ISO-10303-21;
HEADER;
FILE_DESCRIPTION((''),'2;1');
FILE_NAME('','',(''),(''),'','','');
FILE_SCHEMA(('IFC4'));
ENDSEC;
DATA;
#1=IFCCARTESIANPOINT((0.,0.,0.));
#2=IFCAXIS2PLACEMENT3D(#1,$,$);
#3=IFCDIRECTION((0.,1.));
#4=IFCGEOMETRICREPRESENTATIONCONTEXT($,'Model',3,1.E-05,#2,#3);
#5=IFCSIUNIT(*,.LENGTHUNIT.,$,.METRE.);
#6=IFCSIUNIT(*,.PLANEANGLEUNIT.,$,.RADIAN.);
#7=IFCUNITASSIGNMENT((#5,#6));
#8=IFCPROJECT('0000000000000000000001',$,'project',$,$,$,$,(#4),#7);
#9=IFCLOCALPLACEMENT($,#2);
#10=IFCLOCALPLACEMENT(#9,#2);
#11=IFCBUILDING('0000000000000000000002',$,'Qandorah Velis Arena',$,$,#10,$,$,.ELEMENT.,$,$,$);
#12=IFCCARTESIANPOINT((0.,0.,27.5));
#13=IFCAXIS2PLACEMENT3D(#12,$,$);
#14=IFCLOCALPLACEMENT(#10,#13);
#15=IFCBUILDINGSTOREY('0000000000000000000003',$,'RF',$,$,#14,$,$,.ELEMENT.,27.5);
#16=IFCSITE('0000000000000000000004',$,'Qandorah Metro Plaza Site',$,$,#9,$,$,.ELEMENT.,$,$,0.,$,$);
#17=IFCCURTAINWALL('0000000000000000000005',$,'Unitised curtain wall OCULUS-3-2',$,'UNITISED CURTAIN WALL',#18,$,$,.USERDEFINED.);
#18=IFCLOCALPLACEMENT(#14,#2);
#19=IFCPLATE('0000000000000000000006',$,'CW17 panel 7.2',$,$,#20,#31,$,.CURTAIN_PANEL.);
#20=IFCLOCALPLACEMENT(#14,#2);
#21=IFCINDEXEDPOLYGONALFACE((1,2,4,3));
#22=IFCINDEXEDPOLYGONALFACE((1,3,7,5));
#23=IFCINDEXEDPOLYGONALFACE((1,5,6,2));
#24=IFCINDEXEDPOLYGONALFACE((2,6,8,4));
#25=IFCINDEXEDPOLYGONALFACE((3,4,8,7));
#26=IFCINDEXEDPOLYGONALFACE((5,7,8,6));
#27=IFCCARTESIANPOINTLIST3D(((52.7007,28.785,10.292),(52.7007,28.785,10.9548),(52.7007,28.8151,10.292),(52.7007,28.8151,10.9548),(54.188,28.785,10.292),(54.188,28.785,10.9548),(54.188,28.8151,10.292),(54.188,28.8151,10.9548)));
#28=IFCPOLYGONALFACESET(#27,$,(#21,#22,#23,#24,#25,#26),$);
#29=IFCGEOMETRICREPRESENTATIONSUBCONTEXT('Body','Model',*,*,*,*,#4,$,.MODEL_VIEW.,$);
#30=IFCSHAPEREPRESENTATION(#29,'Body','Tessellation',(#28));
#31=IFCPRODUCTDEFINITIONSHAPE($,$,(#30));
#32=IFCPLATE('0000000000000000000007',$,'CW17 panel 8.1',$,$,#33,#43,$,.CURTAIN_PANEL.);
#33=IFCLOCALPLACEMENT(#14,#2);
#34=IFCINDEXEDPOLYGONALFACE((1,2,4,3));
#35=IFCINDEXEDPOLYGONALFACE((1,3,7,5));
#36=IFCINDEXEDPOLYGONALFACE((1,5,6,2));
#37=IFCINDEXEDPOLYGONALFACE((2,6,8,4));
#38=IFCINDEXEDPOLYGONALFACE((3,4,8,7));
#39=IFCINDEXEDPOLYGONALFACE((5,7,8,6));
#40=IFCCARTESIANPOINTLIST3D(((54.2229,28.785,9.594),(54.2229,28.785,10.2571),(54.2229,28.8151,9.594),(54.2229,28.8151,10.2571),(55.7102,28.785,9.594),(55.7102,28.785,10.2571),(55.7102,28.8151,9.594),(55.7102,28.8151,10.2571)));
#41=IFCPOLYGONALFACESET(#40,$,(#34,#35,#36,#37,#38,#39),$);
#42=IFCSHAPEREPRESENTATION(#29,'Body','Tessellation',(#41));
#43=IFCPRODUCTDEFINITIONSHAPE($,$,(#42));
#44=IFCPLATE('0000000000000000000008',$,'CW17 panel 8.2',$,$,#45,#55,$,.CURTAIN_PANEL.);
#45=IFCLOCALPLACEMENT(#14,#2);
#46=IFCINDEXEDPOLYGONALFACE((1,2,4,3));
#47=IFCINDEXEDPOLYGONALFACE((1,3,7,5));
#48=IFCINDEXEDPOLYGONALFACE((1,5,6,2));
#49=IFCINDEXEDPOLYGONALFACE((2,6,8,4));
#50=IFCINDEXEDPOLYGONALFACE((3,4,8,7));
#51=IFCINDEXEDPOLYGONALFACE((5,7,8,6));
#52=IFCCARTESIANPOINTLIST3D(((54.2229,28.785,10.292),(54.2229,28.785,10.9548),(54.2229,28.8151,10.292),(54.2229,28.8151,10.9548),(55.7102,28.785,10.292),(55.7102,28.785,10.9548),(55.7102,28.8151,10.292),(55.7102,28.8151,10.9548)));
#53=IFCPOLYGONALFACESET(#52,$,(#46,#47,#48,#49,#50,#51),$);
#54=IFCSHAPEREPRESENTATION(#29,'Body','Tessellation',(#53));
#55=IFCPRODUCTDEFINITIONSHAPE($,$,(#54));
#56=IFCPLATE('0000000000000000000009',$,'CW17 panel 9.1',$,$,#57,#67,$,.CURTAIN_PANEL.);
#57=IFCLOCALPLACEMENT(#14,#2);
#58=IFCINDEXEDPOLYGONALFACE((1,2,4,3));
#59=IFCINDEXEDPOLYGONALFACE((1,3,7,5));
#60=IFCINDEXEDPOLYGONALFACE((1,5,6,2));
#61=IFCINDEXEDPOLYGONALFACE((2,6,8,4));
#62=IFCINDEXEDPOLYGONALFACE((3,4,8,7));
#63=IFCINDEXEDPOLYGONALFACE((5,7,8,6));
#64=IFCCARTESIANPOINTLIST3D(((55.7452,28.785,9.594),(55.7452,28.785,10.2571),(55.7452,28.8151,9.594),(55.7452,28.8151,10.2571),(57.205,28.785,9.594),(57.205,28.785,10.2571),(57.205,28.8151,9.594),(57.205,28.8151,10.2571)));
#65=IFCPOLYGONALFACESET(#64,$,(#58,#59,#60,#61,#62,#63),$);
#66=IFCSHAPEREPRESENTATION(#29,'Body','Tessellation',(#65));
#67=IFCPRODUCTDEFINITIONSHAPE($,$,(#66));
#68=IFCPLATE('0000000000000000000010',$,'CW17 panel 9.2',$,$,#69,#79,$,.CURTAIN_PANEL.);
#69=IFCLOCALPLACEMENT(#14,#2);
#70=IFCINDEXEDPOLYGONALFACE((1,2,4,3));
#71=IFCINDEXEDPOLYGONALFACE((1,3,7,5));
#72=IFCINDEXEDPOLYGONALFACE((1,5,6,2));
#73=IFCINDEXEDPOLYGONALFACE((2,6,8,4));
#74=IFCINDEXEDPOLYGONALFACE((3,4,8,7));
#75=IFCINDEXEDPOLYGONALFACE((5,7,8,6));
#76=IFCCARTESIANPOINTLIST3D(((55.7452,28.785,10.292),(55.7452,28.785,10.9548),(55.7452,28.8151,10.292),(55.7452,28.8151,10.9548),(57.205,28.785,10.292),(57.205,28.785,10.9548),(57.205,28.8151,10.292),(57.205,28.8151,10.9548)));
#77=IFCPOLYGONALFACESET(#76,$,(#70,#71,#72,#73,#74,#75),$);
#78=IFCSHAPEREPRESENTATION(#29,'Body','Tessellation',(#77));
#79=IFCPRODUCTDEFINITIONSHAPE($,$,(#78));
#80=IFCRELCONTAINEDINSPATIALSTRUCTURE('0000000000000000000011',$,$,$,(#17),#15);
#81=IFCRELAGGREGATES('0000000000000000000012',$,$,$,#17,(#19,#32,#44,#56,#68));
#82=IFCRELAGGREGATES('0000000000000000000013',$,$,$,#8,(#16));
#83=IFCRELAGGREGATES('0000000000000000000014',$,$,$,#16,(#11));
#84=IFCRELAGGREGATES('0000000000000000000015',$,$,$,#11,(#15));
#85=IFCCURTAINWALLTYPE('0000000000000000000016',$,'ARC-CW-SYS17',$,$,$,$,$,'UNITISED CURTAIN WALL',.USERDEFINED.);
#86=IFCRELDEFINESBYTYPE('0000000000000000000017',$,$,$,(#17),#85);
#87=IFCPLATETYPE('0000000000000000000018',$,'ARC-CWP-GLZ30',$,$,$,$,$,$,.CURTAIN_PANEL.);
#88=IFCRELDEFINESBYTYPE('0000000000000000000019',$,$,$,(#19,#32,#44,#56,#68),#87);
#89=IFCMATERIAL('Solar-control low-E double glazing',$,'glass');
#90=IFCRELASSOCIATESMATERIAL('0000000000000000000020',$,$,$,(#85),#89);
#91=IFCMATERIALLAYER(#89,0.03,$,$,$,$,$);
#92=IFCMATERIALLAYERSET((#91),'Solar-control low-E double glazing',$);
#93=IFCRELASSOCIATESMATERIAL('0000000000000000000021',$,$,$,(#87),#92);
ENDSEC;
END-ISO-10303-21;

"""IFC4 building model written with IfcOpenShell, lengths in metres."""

from ifc_helpers import new_model, si_unit, direction, frame, origin, origin_2d, place, context, subcontext, project, spatial, rectangle, extrude, material, layer, layer_set, type_object, element, aggregate, save


model = new_model("IFC4")

# Units and contexts
model_context = context("Model", 3, precision=1e-05, world=origin(), true_north=direction((0.0, 1.0)))
body_context = subcontext(model_context, "Body", "Model", "MODEL_VIEW")
ifc_project = project(units=[si_unit("LENGTHUNIT", "METRE"), si_unit("PLANEANGLEUNIT", "RADIAN")], contexts=[model_context])

# Site, building, storey
site_placement = place(None, origin())
site = spatial("IfcSite", under=ifc_project, at=site_placement, Name="Qandorah Metro Plaza Site", CompositionType="ELEMENT", RefElevation=0.0)
building_placement = place(site_placement, origin())
building = spatial("IfcBuilding", under=site, at=building_placement, Name="Qandorah Velis Arena", CompositionType="ELEMENT")
storey_placement = place(building_placement, frame((0.0, 0.0, 27.5)))
storey = spatial("IfcBuildingStorey", under=building, at=storey_placement, Name="RF", CompositionType="ELEMENT", Elevation=27.5)

# Curtain wall, plates
ifc_material_1 = material(Name="Solar-control low-E double glazing", Category="glass")
curtain_wall_type = type_object("IfcCurtainWallType", Name="ARC-CW-SYS17", ElementType="UNITISED CURTAIN WALL", PredefinedType="USERDEFINED", material=ifc_material_1)
curtain_wall_placement = place(storey_placement, origin())
curtain_wall = element("IfcCurtainWall", 1, at=curtain_wall_placement, inside=storey, type_object=curtain_wall_type, Name="Unitised curtain wall OCULUS-3-2", ObjectType="UNITISED CURTAIN WALL", PredefinedType="USERDEFINED")
ifc_layer = layer(ifc_material_1, 0.03)
ifc_layer_set = layer_set([ifc_layer], Name="Solar-control low-E double glazing")
plate_type = type_object("IfcPlateType", Name="ARC-CWP-GLZ30", PredefinedType="CURTAIN_PANEL", material=ifc_layer_set)
plate_1_placement = place(storey_placement, frame((53.4443, 28.8, 10.292), z_axis=(0.0, 0.0, 1.0), x_axis=(1.0, 0.0, 0.0)))
plate_1 = element("IfcPlate", 2, at=plate_1_placement, type_object=plate_type, Name="CW17 panel 7.2", PredefinedType="CURTAIN_PANEL", context=body_context, shape_type="SweptSolid", body=[
    extrude(rectangle(XDim=1.4873, YDim=0.03, at=origin_2d()), origin(), (0.0, 0.0, 1.0), 0.6628),
])
plate_2_placement = place(storey_placement, frame((54.9666, 28.8, 9.594), z_axis=(0.0, 0.0, 1.0), x_axis=(1.0, 0.0, 0.0)))
plate_2 = element("IfcPlate", 3, at=plate_2_placement, type_object=plate_type, Name="CW17 panel 8.1", PredefinedType="CURTAIN_PANEL", context=body_context, shape_type="SweptSolid", body=[
    extrude(rectangle(XDim=1.4873, YDim=0.03, at=origin_2d()), origin(), (0.0, 0.0, 1.0), 0.6631),
])
plate_3_placement = place(storey_placement, frame((54.9666, 28.8, 10.292), z_axis=(0.0, 0.0, 1.0), x_axis=(1.0, 0.0, 0.0)))
plate_3 = element("IfcPlate", 4, at=plate_3_placement, type_object=plate_type, Name="CW17 panel 8.2", PredefinedType="CURTAIN_PANEL", context=body_context, shape_type="SweptSolid", body=[
    extrude(rectangle(XDim=1.4873, YDim=0.03, at=origin_2d()), origin(), (0.0, 0.0, 1.0), 0.6628),
])
plate_4_placement = place(storey_placement, frame((56.4751, 28.8, 9.594), z_axis=(0.0, 0.0, 1.0), x_axis=(1.0, 0.0, 0.0)))
plate_4 = element("IfcPlate", 5, at=plate_4_placement, type_object=plate_type, Name="CW17 panel 9.1", PredefinedType="CURTAIN_PANEL", context=body_context, shape_type="SweptSolid", body=[
    extrude(rectangle(XDim=1.4597, YDim=0.03, at=origin_2d()), origin(), (0.0, 0.0, 1.0), 0.6631),
])
plate_5_placement = place(storey_placement, frame((56.4751, 28.8, 10.292), z_axis=(0.0, 0.0, 1.0), x_axis=(1.0, 0.0, 0.0)))
plate_5 = element("IfcPlate", 6, at=plate_5_placement, type_object=plate_type, Name="CW17 panel 9.2", PredefinedType="CURTAIN_PANEL", context=body_context, shape_type="SweptSolid", body=[
    extrude(rectangle(XDim=1.4597, YDim=0.03, at=origin_2d()), origin(), (0.0, 0.0, 1.0), 0.6628),
])
aggregate(curtain_wall, [plate_1, plate_2, plate_3, plate_4, plate_5])

save(model, "model.ifc")
